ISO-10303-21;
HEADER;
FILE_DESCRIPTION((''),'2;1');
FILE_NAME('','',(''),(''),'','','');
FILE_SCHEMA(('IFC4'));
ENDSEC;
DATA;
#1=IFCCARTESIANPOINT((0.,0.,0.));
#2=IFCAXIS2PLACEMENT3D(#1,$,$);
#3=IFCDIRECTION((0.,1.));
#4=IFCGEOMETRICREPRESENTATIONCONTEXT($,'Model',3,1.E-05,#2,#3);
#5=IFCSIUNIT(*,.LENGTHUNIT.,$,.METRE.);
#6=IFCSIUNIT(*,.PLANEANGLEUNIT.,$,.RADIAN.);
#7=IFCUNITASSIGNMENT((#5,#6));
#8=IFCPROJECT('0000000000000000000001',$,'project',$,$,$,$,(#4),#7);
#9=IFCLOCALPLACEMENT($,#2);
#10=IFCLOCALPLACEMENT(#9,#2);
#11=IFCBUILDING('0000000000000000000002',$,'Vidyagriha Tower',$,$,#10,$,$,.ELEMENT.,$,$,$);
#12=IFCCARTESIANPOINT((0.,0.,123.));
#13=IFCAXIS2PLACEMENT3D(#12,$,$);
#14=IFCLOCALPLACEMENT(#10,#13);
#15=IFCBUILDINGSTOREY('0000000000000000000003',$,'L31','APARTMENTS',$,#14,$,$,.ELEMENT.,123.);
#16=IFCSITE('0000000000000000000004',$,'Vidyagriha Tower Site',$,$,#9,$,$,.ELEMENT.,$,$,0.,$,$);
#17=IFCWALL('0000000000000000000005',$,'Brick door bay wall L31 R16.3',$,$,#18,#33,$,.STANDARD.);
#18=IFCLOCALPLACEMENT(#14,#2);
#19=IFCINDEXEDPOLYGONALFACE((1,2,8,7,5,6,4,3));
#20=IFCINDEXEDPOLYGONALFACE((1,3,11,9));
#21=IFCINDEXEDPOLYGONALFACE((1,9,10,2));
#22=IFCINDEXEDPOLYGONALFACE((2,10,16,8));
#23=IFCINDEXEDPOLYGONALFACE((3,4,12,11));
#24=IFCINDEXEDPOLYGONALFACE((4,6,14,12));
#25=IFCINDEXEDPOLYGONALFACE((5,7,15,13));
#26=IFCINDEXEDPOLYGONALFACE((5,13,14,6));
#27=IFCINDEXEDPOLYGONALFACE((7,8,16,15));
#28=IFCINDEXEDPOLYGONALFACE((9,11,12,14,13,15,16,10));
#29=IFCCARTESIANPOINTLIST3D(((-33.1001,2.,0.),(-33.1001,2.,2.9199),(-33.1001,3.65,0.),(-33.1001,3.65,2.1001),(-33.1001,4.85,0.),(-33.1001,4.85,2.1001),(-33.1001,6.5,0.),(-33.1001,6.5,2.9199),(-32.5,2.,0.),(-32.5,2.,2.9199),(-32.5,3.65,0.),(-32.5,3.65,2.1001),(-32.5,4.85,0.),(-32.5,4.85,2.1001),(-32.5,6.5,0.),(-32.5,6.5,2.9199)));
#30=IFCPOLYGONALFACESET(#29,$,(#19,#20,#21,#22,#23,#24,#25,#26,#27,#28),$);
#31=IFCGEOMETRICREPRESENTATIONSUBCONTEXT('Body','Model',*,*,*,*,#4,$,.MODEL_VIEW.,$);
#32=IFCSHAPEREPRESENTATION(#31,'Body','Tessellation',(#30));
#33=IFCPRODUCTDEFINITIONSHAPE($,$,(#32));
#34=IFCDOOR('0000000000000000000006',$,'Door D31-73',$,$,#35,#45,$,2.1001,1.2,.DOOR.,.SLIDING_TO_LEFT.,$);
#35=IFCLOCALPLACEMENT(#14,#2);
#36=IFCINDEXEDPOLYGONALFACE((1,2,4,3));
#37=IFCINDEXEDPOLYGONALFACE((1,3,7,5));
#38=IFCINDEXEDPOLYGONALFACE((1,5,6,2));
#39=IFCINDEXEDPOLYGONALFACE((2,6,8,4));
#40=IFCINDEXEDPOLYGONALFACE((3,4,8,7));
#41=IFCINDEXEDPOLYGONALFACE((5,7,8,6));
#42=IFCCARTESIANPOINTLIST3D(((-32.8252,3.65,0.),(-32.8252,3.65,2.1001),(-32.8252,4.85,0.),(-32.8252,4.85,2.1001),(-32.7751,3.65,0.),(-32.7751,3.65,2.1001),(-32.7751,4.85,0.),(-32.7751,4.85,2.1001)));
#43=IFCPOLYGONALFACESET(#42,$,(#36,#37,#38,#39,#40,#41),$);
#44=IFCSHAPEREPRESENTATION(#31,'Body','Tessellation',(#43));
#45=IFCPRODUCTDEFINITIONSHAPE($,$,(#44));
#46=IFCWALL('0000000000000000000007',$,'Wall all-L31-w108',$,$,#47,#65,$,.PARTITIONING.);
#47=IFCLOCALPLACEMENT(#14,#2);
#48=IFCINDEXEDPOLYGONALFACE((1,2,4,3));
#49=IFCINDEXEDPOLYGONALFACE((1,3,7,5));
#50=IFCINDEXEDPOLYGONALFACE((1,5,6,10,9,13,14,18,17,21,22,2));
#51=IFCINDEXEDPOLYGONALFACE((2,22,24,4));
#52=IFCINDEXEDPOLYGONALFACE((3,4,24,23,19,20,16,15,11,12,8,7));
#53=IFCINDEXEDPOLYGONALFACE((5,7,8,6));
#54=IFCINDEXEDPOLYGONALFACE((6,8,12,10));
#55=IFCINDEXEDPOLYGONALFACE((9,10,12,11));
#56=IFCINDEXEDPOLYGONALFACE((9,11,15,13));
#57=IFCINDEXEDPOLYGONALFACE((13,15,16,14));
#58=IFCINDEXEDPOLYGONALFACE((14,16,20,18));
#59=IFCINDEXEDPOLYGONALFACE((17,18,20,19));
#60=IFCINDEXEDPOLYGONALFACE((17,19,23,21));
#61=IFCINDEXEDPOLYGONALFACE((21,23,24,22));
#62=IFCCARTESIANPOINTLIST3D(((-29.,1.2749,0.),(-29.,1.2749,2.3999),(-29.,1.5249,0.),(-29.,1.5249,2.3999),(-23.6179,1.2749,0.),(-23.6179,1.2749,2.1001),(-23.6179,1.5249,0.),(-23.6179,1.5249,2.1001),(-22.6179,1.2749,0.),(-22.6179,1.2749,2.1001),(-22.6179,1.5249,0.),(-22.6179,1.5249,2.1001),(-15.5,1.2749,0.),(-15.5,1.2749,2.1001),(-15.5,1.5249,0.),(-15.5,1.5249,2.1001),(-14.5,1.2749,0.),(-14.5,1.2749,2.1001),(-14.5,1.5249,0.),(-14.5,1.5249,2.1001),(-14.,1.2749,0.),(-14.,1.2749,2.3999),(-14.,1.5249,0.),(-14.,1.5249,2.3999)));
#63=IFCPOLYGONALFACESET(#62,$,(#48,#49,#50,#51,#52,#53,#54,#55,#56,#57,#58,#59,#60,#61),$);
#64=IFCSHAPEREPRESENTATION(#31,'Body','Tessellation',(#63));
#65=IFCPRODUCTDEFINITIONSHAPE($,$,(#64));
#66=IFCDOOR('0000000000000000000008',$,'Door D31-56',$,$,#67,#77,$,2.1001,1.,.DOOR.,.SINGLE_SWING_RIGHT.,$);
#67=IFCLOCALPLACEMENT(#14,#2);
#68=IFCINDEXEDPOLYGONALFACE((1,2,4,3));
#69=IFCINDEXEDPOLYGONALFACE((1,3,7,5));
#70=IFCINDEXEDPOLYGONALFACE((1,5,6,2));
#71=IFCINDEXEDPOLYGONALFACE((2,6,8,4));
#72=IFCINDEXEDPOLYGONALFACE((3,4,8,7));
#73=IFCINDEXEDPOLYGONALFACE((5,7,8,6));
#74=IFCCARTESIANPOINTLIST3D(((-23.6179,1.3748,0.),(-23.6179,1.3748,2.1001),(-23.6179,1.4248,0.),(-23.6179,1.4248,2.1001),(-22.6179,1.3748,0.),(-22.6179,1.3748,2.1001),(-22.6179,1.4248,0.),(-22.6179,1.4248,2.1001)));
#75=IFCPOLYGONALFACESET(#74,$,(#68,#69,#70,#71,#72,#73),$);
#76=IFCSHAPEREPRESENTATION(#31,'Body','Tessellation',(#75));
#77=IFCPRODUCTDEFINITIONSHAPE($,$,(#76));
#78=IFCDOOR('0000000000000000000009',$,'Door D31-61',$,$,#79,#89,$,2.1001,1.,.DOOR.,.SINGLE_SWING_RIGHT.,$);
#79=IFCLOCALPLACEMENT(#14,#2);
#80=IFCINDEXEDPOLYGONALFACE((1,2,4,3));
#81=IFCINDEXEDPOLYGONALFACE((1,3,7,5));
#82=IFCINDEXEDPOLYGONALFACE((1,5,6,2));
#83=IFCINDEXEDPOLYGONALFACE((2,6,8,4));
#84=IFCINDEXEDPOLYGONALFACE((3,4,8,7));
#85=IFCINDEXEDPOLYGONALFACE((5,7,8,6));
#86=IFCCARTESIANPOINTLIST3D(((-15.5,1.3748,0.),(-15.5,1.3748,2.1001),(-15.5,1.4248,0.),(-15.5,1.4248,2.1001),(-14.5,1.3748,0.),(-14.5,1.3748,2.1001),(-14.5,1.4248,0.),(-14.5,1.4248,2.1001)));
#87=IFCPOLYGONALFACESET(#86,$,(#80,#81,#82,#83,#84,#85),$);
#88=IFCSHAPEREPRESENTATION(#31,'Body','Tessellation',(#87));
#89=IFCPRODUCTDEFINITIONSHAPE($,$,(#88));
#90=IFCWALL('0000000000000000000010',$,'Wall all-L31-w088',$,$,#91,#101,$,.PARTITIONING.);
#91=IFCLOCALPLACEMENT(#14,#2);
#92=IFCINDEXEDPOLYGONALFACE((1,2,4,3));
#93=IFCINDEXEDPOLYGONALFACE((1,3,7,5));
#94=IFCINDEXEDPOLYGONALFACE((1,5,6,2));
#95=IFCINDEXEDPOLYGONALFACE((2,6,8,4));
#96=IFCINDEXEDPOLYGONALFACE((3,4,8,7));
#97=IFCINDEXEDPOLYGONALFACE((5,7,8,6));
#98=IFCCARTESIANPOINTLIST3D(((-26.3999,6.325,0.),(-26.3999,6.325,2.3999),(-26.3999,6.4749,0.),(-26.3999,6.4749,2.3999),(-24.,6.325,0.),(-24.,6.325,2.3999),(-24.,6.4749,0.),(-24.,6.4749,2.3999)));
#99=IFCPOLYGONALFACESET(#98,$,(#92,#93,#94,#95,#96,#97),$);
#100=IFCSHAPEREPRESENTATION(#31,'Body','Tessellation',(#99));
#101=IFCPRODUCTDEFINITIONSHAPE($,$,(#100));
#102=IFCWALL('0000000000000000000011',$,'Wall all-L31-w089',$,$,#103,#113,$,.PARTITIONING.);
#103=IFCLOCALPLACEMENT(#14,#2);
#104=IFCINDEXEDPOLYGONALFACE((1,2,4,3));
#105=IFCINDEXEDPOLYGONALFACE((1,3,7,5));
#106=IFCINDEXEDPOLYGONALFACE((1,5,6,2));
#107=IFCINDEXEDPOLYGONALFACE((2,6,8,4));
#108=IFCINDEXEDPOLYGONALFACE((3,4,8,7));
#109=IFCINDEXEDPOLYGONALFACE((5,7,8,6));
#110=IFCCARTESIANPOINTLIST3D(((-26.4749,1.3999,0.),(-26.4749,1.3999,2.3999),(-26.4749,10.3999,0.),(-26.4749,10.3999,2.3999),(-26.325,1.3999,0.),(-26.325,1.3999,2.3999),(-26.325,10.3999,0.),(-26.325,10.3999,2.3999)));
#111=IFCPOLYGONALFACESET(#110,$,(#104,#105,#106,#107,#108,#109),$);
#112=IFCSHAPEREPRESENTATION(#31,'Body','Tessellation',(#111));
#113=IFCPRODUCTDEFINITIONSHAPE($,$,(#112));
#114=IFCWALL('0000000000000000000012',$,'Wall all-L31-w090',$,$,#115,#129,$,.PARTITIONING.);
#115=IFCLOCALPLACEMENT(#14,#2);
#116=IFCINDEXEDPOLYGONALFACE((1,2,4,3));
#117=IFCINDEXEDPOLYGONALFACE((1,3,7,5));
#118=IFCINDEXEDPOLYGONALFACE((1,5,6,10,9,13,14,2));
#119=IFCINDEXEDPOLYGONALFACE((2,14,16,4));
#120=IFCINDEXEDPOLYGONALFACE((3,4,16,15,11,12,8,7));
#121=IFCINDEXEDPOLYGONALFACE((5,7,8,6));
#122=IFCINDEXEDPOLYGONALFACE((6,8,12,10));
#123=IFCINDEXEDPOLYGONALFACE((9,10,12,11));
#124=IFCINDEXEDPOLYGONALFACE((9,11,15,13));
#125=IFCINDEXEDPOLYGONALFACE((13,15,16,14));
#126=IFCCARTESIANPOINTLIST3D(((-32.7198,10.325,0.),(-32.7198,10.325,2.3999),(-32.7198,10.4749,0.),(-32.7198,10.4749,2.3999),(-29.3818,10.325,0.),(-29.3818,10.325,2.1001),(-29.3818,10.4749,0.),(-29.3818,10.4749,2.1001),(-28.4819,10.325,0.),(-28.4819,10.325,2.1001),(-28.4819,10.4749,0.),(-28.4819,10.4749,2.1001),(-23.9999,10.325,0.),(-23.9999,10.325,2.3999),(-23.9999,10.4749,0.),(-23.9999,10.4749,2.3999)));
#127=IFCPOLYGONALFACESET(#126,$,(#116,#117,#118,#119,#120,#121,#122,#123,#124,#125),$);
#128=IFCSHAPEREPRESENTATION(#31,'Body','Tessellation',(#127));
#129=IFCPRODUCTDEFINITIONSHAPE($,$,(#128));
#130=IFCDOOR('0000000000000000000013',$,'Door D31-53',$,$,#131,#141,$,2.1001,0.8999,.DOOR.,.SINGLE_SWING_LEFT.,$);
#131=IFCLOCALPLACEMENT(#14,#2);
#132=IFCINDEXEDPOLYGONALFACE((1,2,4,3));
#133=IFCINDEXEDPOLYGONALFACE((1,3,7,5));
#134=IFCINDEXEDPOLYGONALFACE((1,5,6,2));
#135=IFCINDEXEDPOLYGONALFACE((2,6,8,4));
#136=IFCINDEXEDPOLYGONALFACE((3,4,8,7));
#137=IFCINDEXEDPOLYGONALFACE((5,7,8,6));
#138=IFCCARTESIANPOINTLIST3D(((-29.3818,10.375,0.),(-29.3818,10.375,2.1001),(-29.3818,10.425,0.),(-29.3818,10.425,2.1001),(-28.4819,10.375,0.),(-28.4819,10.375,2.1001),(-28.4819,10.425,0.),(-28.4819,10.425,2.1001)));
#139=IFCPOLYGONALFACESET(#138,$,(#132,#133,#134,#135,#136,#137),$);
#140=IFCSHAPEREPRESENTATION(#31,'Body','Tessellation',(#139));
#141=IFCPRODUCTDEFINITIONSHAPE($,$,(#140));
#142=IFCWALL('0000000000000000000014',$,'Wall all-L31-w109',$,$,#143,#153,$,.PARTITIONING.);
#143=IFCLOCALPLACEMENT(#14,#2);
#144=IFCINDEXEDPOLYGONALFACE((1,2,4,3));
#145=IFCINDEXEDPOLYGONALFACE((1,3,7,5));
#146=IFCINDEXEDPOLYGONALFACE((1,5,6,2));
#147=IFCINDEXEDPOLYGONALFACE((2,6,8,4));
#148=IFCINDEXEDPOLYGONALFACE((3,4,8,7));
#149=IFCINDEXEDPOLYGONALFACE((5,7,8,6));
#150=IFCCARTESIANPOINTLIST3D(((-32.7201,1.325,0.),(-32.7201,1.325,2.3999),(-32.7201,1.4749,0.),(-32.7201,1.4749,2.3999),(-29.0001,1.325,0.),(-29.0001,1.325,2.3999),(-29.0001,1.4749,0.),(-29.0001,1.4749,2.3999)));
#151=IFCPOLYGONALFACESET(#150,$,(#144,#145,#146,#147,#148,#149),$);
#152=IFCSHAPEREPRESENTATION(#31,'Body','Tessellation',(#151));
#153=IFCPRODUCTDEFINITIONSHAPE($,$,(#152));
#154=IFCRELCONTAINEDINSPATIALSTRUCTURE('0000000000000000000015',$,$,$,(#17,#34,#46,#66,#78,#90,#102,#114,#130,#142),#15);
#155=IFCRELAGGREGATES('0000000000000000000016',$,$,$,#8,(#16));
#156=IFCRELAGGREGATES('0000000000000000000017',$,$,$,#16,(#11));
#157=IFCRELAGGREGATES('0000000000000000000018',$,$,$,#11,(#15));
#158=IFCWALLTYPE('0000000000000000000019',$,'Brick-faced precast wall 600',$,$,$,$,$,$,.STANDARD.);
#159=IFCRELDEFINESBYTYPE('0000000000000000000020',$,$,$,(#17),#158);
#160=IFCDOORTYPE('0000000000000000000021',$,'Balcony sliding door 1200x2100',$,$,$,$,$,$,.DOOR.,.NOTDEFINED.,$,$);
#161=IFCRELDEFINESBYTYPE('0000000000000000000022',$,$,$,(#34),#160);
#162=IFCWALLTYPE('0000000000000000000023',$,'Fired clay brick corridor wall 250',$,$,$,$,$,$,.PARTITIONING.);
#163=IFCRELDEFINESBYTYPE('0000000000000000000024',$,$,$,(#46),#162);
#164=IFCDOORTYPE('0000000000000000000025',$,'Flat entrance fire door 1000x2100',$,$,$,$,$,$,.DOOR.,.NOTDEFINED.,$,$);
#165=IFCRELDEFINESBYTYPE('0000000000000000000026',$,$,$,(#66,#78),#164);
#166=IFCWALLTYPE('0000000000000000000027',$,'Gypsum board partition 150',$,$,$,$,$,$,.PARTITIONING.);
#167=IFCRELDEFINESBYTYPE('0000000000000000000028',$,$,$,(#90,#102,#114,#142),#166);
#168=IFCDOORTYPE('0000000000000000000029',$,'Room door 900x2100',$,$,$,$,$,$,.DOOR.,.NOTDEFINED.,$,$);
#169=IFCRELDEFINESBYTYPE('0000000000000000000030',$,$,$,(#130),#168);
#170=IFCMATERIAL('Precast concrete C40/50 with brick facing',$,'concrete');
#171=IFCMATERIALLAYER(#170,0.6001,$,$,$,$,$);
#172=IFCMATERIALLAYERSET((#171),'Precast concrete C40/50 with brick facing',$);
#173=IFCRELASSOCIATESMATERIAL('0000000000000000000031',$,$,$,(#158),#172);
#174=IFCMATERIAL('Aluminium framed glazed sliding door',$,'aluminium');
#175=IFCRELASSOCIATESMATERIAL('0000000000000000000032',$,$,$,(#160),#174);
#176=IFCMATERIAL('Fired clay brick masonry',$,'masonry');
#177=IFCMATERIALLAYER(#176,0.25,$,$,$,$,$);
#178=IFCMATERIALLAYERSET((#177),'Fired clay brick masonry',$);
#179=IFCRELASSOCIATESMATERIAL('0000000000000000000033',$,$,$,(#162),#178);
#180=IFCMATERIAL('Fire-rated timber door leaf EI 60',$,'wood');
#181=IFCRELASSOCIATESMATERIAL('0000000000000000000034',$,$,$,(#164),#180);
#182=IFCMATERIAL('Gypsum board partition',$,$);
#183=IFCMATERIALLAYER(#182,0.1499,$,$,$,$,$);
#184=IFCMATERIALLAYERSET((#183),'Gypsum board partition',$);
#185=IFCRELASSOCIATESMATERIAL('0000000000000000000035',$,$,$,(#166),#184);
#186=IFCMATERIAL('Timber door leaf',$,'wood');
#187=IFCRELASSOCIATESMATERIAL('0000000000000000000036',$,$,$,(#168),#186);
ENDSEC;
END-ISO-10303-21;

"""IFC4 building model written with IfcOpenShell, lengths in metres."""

from ifc_helpers import new_model, si_unit, direction, frame, frame_2d, origin, place, context, subcontext, project, spatial, rectangle, extrude, material, layer, layer_set, type_object, element, fill, save


model = new_model("IFC4")

# Units and contexts
model_context = context("Model", 3, precision=1e-05, world=origin(), true_north=direction((0.0, 1.0)))
body_context = subcontext(model_context, "Body", "Model", "MODEL_VIEW")
ifc_project = project(units=[si_unit("LENGTHUNIT", "METRE"), si_unit("PLANEANGLEUNIT", "RADIAN")], contexts=[model_context])

# Site, building, storey
site_placement = place(None, origin())
site = spatial("IfcSite", under=ifc_project, at=site_placement, Name="Vidyagriha Tower Site", CompositionType="ELEMENT", RefElevation=0.0)
building_placement = place(site_placement, origin())
building = spatial("IfcBuilding", under=site, at=building_placement, Name="Vidyagriha Tower", CompositionType="ELEMENT")
storey_placement = place(building_placement, frame((0.0, 0.0, 123.0)))
storey = spatial("IfcBuildingStorey", under=building, at=storey_placement, Name="L31", Description="APARTMENTS", CompositionType="ELEMENT", Elevation=123.0)

# Wall, opening, door
ifc_material_1 = material(Name="Precast concrete C40/50 with brick facing", Category="concrete")
ifc_layer_1 = layer(ifc_material_1, 0.6001)
ifc_layer_set_1 = layer_set([ifc_layer_1], Name="Precast concrete C40/50 with brick facing")
wall_type_1 = type_object("IfcWallType", Name="Brick-faced precast wall 600", PredefinedType="STANDARD", material=ifc_layer_set_1)
wall_1_placement = place(storey_placement, frame((-32.8, 6.5, 0.0), z_axis=(0.0, 0.0, 1.0), x_axis=(0.0, -1.0, 0.0)))
wall_1 = element("IfcWall", 1, at=wall_1_placement, inside=storey, type_object=wall_type_1, Name="Brick door bay wall L31 R16.3", PredefinedType="STANDARD", context=body_context, shape_type="SweptSolid", body=[
    extrude(rectangle(XDim=4.5, YDim=0.6001, at=frame_2d((2.25, 0.0))), origin(), (0.0, 0.0, 1.0), 2.9199),
])
opening_1_placement = place(wall_1_placement, frame((1.6499, 0.0, 0.0)))
opening_1 = element("IfcOpeningElement", 2, at=opening_1_placement, cuts=wall_1, PredefinedType="OPENING", context=body_context, shape_type="SweptSolid", body=[
    extrude(rectangle(XDim=1.2, YDim=2.1001, at=frame_2d((0.6001, 1.05))), frame((0.0, 0.3101, 0.0), z_axis=(0.0, -1.0, 0.0), x_axis=(1.0, 0.0, 0.0)), (0.0, 0.0, 1.0), 0.6201),
])
ifc_material_2 = material(Name="Aluminium framed glazed sliding door", Category="aluminium")
door_type_1 = type_object("IfcDoorType", Name="Balcony sliding door 1200x2100", OperationType="NOTDEFINED", PredefinedType="DOOR", material=ifc_material_2)
door_1_placement = place(opening_1_placement, origin())
door_1 = element("IfcDoor", 3, at=door_1_placement, inside=storey, type_object=door_type_1, Name="Door D31-73", OperationType="SLIDING_TO_LEFT", OverallHeight=2.1001, OverallWidth=1.2, PredefinedType="DOOR", context=body_context, shape_type="SweptSolid", body=[
    extrude(rectangle(XDim=1.2, YDim=2.1001, at=frame_2d((0.6001, 1.05))), frame((0.0, 0.0249, 0.0), z_axis=(0.0, -1.0, 0.0), x_axis=(1.0, 0.0, 0.0)), (0.0, 0.0, 1.0), 0.05),
])
fill(opening_1, door_1)

# Wall, openings, doors
ifc_material_3 = material(Name="Fired clay brick masonry", Category="masonry")
ifc_layer_2 = layer(ifc_material_3, 0.25)
ifc_layer_set_2 = layer_set([ifc_layer_2], Name="Fired clay brick masonry")
wall_type_2 = type_object("IfcWallType", Name="Fired clay brick corridor wall 250", PredefinedType="PARTITIONING", material=ifc_layer_set_2)
wall_2_placement = place(storey_placement, frame((-29.0, 1.3999, 0.0)))
wall_2 = element("IfcWall", 4, at=wall_2_placement, inside=storey, type_object=wall_type_2, Name="Wall all-L31-w108", PredefinedType="PARTITIONING", context=body_context, shape_type="SweptSolid", body=[
    extrude(rectangle(XDim=15.0, YDim=0.25, at=frame_2d((7.5, 0.0))), origin(), (0.0, 0.0, 1.0), 2.3999),
])
opening_2_placement = place(wall_2_placement, frame((5.3821, 0.0, 0.0)))
opening_2 = element("IfcOpeningElement", 5, at=opening_2_placement, cuts=wall_2, PredefinedType="OPENING", context=body_context, shape_type="SweptSolid", body=[
    extrude(rectangle(XDim=1.0, YDim=2.1001, at=frame_2d((0.5, 1.05))), frame((0.0, 0.135, 0.0), z_axis=(0.0, -1.0, 0.0), x_axis=(1.0, 0.0, 0.0)), (0.0, 0.0, 1.0), 0.27),
])
opening_3_placement = place(wall_2_placement, frame((13.5, 0.0, 0.0)))
opening_3 = element("IfcOpeningElement", 6, at=opening_3_placement, cuts=wall_2, PredefinedType="OPENING", context=body_context, shape_type="SweptSolid", body=[
    extrude(rectangle(XDim=1.0, YDim=2.1001, at=frame_2d((0.5, 1.05))), frame((0.0, 0.135, 0.0), z_axis=(0.0, -1.0, 0.0), x_axis=(1.0, 0.0, 0.0)), (0.0, 0.0, 1.0), 0.27),
])
ifc_material_4 = material(Name="Fire-rated timber door leaf EI 60", Category="wood")
door_type_2 = type_object("IfcDoorType", Name="Flat entrance fire door 1000x2100", OperationType="NOTDEFINED", PredefinedType="DOOR", material=ifc_material_4)
door_2_placement = place(opening_2_placement, origin())
door_2 = element("IfcDoor", 7, at=door_2_placement, inside=storey, type_object=door_type_2, Name="Door D31-56", OperationType="SINGLE_SWING_RIGHT", OverallHeight=2.1001, OverallWidth=1.0, PredefinedType="DOOR", context=body_context, shape_type="SweptSolid", body=[
    extrude(rectangle(XDim=1.0, YDim=2.1001, at=frame_2d((0.5, 1.05))), frame((0.0, 0.0249, 0.0), z_axis=(0.0, -1.0, 0.0), x_axis=(1.0, 0.0, 0.0)), (0.0, 0.0, 1.0), 0.05),
])
fill(opening_2, door_2)
door_3_placement = place(opening_3_placement, origin())
door_3 = element("IfcDoor", 8, at=door_3_placement, inside=storey, type_object=door_type_2, Name="Door D31-61", OperationType="SINGLE_SWING_RIGHT", OverallHeight=2.1001, OverallWidth=1.0, PredefinedType="DOOR", context=body_context, shape_type="SweptSolid", body=[
    extrude(rectangle(XDim=1.0, YDim=2.1001, at=frame_2d((0.5, 1.05))), frame((0.0, 0.0249, 0.0), z_axis=(0.0, -1.0, 0.0), x_axis=(1.0, 0.0, 0.0)), (0.0, 0.0, 1.0), 0.05),
])
fill(opening_3, door_3)

# Walls
ifc_material_5 = material(Name="Gypsum board partition")
ifc_layer_3 = layer(ifc_material_5, 0.1499)
ifc_layer_set_3 = layer_set([ifc_layer_3], Name="Gypsum board partition")
wall_type_3 = type_object("IfcWallType", Name="Gypsum board partition 150", PredefinedType="PARTITIONING", material=ifc_layer_set_3)
wall_3_placement = place(storey_placement, frame((-26.3999, 6.3999, 0.0)))
element("IfcWall", 9, at=wall_3_placement, inside=storey, type_object=wall_type_3, Name="Wall all-L31-w088", PredefinedType="PARTITIONING", context=body_context, shape_type="SweptSolid", body=[
    extrude(rectangle(XDim=2.3999, YDim=0.1499, at=frame_2d((1.2, 0.0))), origin(), (0.0, 0.0, 1.0), 2.3999),
])
wall_4_placement = place(storey_placement, frame((-26.3999, 1.3999, 0.0), z_axis=(0.0, 0.0, 1.0), x_axis=(0.0, 1.0, 0.0)))
element("IfcWall", 10, at=wall_4_placement, inside=storey, type_object=wall_type_3, Name="Wall all-L31-w089", PredefinedType="PARTITIONING", context=body_context, shape_type="SweptSolid", body=[
    extrude(rectangle(XDim=9.0, YDim=0.1499, at=frame_2d((4.5, 0.0))), origin(), (0.0, 0.0, 1.0), 2.3999),
])

# Wall, opening, door
wall_5_placement = place(storey_placement, frame((-24.0, 10.3999, 0.0), z_axis=(0.0, 0.0, 1.0), x_axis=(-1.0, 0.0, 0.0)))
wall_5 = element("IfcWall", 11, at=wall_5_placement, inside=storey, type_object=wall_type_3, Name="Wall all-L31-w090", PredefinedType="PARTITIONING", context=body_context, shape_type="SweptSolid", body=[
    extrude(rectangle(XDim=8.72, YDim=0.1499, at=frame_2d((4.3599, 0.0))), origin(), (0.0, 0.0, 1.0), 2.3999),
])
opening_4_placement = place(wall_5_placement, frame((4.4819, 0.0, 0.0)))
opening_4 = element("IfcOpeningElement", 12, at=opening_4_placement, cuts=wall_5, PredefinedType="OPENING", context=body_context, shape_type="SweptSolid", body=[
    extrude(rectangle(XDim=0.8999, YDim=2.1001, at=frame_2d((0.45, 1.05))), frame((0.0, 0.085, 0.0), z_axis=(0.0, -1.0, 0.0), x_axis=(1.0, 0.0, 0.0)), (0.0, 0.0, 1.0), 0.1699),
])
ifc_material_6 = material(Name="Timber door leaf", Category="wood")
door_type_3 = type_object("IfcDoorType", Name="Room door 900x2100", OperationType="NOTDEFINED", PredefinedType="DOOR", material=ifc_material_6)
door_4_placement = place(opening_4_placement, origin())
door_4 = element("IfcDoor", 13, at=door_4_placement, inside=storey, type_object=door_type_3, Name="Door D31-53", OperationType="SINGLE_SWING_LEFT", OverallHeight=2.1001, OverallWidth=0.8999, PredefinedType="DOOR", context=body_context, shape_type="SweptSolid", body=[
    extrude(rectangle(XDim=0.8999, YDim=2.1001, at=frame_2d((0.45, 1.05))), frame((0.0, 0.0249, 0.0), z_axis=(0.0, -1.0, 0.0), x_axis=(1.0, 0.0, 0.0)), (0.0, 0.0, 1.0), 0.05),
])
fill(opening_4, door_4)

# Wall
wall_6_placement = place(storey_placement, frame((-32.72, 1.3999, 0.0)))
element("IfcWall", 14, at=wall_6_placement, inside=storey, type_object=wall_type_3, Name="Wall all-L31-w109", PredefinedType="PARTITIONING", context=body_context, shape_type="SweptSolid", body=[
    extrude(rectangle(XDim=3.72, YDim=0.1499, at=frame_2d((1.8599, 0.0))), origin(), (0.0, 0.0, 1.0), 2.3999),
])

save(model, "model.ifc")
